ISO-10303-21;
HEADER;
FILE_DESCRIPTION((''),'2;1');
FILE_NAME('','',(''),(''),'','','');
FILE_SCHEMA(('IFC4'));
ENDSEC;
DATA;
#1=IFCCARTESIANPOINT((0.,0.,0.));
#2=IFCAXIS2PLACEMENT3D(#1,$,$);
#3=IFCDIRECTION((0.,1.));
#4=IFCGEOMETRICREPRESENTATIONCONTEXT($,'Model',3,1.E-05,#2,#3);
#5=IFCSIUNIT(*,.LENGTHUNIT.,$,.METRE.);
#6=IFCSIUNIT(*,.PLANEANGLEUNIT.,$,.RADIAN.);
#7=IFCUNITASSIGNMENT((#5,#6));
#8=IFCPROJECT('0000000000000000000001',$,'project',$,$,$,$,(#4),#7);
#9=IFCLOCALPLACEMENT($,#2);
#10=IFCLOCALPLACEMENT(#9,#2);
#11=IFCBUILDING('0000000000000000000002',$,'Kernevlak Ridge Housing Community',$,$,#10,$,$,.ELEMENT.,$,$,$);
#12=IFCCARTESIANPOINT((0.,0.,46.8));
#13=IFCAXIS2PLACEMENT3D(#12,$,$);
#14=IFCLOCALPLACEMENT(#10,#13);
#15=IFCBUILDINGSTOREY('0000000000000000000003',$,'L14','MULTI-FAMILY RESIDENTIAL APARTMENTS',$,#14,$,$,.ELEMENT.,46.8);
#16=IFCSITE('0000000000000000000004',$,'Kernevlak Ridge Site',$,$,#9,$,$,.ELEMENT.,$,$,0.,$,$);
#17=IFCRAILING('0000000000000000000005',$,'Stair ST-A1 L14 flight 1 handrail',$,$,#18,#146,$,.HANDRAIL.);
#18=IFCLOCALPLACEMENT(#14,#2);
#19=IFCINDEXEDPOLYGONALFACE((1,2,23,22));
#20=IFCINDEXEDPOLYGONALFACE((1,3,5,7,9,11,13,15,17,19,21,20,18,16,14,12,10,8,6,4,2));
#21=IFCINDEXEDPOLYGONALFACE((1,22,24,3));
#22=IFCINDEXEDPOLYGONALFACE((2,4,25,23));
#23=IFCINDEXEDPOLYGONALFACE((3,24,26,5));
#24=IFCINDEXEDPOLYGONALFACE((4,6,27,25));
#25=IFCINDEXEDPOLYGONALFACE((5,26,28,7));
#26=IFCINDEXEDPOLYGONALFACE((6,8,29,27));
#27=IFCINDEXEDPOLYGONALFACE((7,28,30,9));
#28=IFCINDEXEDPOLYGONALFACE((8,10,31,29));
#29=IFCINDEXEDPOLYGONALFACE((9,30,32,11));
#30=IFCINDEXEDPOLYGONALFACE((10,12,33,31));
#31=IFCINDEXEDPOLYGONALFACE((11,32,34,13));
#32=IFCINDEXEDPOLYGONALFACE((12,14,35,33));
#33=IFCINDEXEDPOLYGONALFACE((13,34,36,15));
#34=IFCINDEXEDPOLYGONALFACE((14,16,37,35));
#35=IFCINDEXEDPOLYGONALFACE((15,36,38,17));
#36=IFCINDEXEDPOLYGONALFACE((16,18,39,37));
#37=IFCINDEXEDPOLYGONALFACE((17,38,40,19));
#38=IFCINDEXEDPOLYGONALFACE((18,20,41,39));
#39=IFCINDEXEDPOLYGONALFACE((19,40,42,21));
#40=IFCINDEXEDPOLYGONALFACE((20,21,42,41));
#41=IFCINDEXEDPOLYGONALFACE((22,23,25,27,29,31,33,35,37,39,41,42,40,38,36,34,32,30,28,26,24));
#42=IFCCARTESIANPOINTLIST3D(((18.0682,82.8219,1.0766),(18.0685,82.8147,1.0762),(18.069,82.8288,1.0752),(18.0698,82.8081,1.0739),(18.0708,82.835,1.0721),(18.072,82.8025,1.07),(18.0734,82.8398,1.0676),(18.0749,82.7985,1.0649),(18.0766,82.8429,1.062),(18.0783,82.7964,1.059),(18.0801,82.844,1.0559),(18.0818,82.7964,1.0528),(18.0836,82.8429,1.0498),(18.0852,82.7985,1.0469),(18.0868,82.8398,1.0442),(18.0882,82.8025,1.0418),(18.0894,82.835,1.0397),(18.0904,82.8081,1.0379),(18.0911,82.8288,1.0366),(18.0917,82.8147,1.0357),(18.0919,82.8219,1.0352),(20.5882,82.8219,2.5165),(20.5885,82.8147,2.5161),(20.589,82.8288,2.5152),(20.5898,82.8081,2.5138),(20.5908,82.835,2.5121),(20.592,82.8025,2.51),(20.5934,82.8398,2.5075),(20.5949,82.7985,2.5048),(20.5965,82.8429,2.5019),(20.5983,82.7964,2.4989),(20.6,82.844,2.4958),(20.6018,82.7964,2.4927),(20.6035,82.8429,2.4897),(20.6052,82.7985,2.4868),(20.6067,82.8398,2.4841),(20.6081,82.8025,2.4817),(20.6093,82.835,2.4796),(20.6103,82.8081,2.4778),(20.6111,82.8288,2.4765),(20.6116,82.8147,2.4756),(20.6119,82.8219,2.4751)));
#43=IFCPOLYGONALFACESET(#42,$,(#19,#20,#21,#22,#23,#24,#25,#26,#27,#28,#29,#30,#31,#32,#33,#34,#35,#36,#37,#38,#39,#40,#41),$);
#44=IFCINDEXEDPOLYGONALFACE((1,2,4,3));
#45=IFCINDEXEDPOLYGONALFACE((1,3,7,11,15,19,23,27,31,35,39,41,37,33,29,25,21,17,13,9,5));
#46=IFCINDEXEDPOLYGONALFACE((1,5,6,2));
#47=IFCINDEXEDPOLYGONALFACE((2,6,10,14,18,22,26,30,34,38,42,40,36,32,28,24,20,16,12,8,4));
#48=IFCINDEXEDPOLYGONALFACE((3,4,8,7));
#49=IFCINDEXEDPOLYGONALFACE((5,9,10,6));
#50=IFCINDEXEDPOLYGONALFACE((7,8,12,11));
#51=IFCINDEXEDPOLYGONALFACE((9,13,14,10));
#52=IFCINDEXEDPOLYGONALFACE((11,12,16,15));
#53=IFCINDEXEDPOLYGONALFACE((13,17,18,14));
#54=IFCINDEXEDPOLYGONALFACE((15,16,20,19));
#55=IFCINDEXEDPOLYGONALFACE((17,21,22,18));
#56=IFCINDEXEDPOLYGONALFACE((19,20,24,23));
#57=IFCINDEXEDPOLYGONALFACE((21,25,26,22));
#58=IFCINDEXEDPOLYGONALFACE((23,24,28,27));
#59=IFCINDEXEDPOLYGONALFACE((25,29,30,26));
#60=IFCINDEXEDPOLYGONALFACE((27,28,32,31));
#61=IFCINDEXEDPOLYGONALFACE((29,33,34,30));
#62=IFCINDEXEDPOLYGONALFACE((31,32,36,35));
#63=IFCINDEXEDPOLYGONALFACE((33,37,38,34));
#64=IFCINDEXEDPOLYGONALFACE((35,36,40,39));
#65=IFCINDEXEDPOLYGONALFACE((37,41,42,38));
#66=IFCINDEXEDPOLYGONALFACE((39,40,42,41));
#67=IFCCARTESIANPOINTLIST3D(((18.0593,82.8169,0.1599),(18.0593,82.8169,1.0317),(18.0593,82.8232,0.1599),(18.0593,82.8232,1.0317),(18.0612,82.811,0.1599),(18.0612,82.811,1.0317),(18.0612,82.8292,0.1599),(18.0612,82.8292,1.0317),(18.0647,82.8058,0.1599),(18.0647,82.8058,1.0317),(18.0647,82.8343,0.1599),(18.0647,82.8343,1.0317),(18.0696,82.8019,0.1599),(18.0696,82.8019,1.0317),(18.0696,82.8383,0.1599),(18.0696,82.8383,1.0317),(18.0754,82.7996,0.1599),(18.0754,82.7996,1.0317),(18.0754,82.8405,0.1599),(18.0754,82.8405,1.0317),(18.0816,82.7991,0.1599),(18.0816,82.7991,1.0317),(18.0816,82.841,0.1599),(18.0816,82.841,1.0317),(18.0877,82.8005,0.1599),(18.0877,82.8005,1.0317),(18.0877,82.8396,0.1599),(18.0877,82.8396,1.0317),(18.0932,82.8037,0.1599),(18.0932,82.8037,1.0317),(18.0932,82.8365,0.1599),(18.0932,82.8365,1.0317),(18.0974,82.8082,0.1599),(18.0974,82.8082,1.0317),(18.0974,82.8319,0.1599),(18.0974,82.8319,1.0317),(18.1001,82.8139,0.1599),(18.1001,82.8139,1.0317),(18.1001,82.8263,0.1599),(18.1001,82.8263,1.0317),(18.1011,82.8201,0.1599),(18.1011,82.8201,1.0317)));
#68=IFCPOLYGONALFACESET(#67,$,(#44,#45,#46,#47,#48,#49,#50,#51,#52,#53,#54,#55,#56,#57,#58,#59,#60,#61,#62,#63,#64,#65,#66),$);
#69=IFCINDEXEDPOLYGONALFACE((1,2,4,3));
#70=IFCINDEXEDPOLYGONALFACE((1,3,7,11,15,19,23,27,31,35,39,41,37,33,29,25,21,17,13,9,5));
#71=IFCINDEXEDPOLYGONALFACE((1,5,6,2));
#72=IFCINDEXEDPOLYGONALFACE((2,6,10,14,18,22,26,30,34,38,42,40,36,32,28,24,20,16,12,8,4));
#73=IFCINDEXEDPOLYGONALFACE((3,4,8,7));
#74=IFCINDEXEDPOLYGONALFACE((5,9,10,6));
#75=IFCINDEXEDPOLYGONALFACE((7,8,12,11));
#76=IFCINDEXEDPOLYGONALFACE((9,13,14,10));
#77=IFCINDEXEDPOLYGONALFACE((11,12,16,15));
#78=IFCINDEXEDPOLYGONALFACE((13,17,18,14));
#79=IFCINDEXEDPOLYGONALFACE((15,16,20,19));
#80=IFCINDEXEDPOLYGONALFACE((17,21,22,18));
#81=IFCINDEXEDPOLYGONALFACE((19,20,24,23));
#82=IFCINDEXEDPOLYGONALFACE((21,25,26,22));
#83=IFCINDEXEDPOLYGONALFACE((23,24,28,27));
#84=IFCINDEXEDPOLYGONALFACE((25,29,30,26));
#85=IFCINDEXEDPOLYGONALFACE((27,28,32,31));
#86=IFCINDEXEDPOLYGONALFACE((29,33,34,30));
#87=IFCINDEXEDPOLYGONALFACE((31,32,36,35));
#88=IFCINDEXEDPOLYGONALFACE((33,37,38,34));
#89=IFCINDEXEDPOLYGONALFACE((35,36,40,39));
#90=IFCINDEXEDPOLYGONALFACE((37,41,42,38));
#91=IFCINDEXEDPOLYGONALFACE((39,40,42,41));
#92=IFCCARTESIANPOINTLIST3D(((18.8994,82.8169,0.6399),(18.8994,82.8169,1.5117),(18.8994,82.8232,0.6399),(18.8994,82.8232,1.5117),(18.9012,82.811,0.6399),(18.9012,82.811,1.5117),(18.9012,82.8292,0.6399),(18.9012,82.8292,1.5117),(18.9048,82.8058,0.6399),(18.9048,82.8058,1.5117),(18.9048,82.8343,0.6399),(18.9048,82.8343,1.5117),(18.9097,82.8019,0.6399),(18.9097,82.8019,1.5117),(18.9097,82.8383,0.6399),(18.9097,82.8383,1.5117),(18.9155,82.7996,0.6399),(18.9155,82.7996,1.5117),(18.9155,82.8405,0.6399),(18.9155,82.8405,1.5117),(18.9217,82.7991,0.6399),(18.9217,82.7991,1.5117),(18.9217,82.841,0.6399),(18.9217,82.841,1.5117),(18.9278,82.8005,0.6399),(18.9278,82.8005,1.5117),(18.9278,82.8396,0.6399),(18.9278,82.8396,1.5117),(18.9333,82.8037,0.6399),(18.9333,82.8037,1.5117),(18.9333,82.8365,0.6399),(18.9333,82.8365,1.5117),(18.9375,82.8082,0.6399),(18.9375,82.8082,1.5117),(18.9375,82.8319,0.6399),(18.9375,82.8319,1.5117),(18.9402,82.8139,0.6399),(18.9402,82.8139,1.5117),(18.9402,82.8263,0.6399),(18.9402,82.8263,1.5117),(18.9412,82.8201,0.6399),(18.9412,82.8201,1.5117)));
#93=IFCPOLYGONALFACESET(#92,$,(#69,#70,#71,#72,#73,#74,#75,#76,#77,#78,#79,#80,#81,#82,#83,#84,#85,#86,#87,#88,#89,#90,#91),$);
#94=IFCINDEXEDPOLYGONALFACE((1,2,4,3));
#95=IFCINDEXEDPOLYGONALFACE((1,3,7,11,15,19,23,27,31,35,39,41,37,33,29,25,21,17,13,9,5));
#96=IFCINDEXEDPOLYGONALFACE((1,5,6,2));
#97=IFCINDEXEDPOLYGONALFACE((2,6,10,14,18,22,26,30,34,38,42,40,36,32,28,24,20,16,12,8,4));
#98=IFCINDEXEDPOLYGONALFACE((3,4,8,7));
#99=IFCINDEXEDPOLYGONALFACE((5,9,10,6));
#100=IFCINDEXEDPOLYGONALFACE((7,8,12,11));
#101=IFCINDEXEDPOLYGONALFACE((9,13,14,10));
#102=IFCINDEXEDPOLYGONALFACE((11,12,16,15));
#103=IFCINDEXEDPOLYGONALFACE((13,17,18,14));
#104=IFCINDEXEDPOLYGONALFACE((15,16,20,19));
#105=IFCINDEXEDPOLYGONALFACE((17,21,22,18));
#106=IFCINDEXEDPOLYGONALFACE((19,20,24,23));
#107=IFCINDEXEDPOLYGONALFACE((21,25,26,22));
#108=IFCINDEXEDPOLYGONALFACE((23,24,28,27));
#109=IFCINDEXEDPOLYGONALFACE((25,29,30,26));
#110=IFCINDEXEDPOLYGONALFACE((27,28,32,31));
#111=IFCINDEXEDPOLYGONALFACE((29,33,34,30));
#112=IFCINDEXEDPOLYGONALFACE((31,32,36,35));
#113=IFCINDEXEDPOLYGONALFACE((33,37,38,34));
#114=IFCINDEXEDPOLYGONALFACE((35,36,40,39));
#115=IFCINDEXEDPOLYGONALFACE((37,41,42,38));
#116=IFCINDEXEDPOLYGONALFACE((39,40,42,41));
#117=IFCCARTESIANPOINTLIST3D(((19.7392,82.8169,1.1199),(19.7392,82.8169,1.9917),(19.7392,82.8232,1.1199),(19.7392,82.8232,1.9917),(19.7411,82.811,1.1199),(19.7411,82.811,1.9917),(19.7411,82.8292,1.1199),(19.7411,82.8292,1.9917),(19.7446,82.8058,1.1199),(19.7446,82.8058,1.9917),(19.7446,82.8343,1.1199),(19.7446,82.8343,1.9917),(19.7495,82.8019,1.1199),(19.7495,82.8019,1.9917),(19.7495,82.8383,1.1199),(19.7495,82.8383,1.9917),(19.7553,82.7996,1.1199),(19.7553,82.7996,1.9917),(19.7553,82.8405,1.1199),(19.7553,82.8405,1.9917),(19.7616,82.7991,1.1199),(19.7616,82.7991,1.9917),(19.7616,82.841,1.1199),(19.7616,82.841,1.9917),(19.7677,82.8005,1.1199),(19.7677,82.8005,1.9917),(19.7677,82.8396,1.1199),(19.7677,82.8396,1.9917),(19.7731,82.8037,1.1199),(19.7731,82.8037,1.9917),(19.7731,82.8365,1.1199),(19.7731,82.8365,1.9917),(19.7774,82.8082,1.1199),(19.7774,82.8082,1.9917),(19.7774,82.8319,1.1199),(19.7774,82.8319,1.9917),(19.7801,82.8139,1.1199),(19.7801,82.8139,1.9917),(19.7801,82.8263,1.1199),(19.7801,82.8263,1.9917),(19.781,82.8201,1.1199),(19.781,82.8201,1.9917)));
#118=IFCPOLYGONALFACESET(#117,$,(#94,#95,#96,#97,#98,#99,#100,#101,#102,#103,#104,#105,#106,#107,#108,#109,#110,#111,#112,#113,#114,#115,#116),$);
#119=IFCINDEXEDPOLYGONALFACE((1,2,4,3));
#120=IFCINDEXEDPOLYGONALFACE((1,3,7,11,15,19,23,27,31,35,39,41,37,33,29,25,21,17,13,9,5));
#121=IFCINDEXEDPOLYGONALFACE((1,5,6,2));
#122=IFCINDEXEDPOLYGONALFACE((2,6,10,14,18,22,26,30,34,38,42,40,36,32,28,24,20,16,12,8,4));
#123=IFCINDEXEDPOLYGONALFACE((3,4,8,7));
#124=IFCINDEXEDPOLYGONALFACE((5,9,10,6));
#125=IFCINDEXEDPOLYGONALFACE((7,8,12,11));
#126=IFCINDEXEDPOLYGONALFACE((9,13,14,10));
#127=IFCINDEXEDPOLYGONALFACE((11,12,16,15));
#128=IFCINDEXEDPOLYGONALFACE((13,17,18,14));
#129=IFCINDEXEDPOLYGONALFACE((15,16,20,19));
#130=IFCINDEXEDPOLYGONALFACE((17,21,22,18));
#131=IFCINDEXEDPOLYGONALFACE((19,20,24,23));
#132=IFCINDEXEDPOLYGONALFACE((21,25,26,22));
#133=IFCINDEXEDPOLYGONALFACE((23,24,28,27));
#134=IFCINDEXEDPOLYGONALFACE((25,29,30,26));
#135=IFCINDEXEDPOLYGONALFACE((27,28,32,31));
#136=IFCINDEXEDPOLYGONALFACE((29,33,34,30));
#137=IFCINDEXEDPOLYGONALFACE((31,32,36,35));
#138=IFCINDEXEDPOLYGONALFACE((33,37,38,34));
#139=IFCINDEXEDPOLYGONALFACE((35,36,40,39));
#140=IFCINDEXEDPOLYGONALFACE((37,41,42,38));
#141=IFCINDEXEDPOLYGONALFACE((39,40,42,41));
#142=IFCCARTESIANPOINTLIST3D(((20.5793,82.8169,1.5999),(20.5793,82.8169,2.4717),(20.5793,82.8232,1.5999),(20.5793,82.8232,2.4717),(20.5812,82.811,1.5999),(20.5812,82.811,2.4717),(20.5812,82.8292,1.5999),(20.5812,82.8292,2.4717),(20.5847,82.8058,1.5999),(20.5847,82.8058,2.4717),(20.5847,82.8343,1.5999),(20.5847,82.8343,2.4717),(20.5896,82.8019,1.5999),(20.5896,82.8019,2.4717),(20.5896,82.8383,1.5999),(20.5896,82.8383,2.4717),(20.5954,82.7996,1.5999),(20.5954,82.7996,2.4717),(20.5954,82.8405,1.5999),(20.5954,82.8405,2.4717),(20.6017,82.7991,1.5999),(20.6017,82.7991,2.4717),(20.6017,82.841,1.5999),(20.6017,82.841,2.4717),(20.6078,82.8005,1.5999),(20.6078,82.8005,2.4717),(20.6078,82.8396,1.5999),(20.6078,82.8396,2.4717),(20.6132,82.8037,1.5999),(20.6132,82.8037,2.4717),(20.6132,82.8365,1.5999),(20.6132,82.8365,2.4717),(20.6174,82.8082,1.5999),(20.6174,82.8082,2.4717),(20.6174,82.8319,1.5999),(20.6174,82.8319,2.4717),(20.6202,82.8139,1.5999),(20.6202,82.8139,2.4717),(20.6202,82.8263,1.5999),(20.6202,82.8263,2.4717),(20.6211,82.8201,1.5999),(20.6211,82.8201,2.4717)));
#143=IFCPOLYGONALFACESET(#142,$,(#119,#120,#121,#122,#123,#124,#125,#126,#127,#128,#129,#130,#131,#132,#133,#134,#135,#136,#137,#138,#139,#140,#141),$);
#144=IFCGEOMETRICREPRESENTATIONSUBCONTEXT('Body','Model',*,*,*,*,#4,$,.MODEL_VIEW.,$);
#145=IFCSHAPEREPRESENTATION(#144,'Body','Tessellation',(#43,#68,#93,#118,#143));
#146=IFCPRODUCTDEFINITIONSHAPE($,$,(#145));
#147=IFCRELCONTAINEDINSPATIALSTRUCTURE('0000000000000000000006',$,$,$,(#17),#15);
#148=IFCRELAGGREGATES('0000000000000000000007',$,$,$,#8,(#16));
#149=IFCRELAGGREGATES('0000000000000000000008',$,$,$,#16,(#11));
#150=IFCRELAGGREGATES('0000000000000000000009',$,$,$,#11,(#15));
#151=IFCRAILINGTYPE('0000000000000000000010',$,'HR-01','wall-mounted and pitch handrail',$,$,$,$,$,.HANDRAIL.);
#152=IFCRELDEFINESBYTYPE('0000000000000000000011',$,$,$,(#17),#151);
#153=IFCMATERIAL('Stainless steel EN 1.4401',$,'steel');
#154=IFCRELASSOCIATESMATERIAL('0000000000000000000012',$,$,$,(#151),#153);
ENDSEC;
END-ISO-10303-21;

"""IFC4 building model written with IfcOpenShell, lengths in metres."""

from ifc_helpers import new_model, si_unit, direction, frame, origin, origin_2d, place, context, subcontext, project, spatial, circle, extrude, material, type_object, element, save


model = new_model("IFC4")

# Units and contexts
model_context = context("Model", 3, precision=1e-05, world=origin(), true_north=direction((0.0, 1.0)))
body_context = subcontext(model_context, "Body", "Model", "MODEL_VIEW")
ifc_project = project(units=[si_unit("LENGTHUNIT", "METRE"), si_unit("PLANEANGLEUNIT", "RADIAN")], contexts=[model_context])

# Site, building, storey
site_placement = place(None, origin())
site = spatial("IfcSite", under=ifc_project, at=site_placement, Name="Kernevlak Ridge Site", CompositionType="ELEMENT", RefElevation=0.0)
building_placement = place(site_placement, origin())
building = spatial("IfcBuilding", under=site, at=building_placement, Name="Kernevlak Ridge Housing Community", CompositionType="ELEMENT")
storey_placement = place(building_placement, frame((0.0, 0.0, 46.8)))
storey = spatial("IfcBuildingStorey", under=building, at=storey_placement, Name="L14", Description="MULTI-FAMILY RESIDENTIAL APARTMENTS", CompositionType="ELEMENT", Elevation=46.8)

# Shared definitions
ifc_material_1 = material(Name="Stainless steel EN 1.4401", Category="steel")

# Railing
railing_type_1 = type_object("IfcRailingType", Name="HR-01", Description="wall-mounted and pitch handrail", PredefinedType="HANDRAIL", material=ifc_material_1)
railing_1_placement = place(storey_placement, frame((18.0801, 82.8201, 0.1599)))
element("IfcRailing", 1, at=railing_1_placement, inside=storey, type_object=railing_type_1, Name="Stair ST-A1 L14 flight 1 handrail", PredefinedType="HANDRAIL", context=body_context, shape_type="SweptSolid", body=[
    extrude(circle(Radius=0.0239, at=origin_2d()), frame((0.0, 0.0, 0.896), z_axis=(0.868253, 0.0, 0.496121), x_axis=(0.0, 1.0, 0.0)), (0.0, 0.0, 1.0), 2.9023),
    extrude(circle(Radius=0.021, at=origin_2d()), origin(), (0.0, 0.0, 1.0), 0.8718),
    extrude(circle(Radius=0.021, at=origin_2d()), frame((0.8401, 0.0, 0.48)), (0.0, 0.0, 1.0), 0.8718),
    extrude(circle(Radius=0.021, at=origin_2d()), frame((1.6799, 0.0, 0.96)), (0.0, 0.0, 1.0), 0.8718),
    extrude(circle(Radius=0.021, at=origin_2d()), frame((2.52, 0.0, 1.4399)), (0.0, 0.0, 1.0), 0.8718),
])

save(model, "model.ifc")
